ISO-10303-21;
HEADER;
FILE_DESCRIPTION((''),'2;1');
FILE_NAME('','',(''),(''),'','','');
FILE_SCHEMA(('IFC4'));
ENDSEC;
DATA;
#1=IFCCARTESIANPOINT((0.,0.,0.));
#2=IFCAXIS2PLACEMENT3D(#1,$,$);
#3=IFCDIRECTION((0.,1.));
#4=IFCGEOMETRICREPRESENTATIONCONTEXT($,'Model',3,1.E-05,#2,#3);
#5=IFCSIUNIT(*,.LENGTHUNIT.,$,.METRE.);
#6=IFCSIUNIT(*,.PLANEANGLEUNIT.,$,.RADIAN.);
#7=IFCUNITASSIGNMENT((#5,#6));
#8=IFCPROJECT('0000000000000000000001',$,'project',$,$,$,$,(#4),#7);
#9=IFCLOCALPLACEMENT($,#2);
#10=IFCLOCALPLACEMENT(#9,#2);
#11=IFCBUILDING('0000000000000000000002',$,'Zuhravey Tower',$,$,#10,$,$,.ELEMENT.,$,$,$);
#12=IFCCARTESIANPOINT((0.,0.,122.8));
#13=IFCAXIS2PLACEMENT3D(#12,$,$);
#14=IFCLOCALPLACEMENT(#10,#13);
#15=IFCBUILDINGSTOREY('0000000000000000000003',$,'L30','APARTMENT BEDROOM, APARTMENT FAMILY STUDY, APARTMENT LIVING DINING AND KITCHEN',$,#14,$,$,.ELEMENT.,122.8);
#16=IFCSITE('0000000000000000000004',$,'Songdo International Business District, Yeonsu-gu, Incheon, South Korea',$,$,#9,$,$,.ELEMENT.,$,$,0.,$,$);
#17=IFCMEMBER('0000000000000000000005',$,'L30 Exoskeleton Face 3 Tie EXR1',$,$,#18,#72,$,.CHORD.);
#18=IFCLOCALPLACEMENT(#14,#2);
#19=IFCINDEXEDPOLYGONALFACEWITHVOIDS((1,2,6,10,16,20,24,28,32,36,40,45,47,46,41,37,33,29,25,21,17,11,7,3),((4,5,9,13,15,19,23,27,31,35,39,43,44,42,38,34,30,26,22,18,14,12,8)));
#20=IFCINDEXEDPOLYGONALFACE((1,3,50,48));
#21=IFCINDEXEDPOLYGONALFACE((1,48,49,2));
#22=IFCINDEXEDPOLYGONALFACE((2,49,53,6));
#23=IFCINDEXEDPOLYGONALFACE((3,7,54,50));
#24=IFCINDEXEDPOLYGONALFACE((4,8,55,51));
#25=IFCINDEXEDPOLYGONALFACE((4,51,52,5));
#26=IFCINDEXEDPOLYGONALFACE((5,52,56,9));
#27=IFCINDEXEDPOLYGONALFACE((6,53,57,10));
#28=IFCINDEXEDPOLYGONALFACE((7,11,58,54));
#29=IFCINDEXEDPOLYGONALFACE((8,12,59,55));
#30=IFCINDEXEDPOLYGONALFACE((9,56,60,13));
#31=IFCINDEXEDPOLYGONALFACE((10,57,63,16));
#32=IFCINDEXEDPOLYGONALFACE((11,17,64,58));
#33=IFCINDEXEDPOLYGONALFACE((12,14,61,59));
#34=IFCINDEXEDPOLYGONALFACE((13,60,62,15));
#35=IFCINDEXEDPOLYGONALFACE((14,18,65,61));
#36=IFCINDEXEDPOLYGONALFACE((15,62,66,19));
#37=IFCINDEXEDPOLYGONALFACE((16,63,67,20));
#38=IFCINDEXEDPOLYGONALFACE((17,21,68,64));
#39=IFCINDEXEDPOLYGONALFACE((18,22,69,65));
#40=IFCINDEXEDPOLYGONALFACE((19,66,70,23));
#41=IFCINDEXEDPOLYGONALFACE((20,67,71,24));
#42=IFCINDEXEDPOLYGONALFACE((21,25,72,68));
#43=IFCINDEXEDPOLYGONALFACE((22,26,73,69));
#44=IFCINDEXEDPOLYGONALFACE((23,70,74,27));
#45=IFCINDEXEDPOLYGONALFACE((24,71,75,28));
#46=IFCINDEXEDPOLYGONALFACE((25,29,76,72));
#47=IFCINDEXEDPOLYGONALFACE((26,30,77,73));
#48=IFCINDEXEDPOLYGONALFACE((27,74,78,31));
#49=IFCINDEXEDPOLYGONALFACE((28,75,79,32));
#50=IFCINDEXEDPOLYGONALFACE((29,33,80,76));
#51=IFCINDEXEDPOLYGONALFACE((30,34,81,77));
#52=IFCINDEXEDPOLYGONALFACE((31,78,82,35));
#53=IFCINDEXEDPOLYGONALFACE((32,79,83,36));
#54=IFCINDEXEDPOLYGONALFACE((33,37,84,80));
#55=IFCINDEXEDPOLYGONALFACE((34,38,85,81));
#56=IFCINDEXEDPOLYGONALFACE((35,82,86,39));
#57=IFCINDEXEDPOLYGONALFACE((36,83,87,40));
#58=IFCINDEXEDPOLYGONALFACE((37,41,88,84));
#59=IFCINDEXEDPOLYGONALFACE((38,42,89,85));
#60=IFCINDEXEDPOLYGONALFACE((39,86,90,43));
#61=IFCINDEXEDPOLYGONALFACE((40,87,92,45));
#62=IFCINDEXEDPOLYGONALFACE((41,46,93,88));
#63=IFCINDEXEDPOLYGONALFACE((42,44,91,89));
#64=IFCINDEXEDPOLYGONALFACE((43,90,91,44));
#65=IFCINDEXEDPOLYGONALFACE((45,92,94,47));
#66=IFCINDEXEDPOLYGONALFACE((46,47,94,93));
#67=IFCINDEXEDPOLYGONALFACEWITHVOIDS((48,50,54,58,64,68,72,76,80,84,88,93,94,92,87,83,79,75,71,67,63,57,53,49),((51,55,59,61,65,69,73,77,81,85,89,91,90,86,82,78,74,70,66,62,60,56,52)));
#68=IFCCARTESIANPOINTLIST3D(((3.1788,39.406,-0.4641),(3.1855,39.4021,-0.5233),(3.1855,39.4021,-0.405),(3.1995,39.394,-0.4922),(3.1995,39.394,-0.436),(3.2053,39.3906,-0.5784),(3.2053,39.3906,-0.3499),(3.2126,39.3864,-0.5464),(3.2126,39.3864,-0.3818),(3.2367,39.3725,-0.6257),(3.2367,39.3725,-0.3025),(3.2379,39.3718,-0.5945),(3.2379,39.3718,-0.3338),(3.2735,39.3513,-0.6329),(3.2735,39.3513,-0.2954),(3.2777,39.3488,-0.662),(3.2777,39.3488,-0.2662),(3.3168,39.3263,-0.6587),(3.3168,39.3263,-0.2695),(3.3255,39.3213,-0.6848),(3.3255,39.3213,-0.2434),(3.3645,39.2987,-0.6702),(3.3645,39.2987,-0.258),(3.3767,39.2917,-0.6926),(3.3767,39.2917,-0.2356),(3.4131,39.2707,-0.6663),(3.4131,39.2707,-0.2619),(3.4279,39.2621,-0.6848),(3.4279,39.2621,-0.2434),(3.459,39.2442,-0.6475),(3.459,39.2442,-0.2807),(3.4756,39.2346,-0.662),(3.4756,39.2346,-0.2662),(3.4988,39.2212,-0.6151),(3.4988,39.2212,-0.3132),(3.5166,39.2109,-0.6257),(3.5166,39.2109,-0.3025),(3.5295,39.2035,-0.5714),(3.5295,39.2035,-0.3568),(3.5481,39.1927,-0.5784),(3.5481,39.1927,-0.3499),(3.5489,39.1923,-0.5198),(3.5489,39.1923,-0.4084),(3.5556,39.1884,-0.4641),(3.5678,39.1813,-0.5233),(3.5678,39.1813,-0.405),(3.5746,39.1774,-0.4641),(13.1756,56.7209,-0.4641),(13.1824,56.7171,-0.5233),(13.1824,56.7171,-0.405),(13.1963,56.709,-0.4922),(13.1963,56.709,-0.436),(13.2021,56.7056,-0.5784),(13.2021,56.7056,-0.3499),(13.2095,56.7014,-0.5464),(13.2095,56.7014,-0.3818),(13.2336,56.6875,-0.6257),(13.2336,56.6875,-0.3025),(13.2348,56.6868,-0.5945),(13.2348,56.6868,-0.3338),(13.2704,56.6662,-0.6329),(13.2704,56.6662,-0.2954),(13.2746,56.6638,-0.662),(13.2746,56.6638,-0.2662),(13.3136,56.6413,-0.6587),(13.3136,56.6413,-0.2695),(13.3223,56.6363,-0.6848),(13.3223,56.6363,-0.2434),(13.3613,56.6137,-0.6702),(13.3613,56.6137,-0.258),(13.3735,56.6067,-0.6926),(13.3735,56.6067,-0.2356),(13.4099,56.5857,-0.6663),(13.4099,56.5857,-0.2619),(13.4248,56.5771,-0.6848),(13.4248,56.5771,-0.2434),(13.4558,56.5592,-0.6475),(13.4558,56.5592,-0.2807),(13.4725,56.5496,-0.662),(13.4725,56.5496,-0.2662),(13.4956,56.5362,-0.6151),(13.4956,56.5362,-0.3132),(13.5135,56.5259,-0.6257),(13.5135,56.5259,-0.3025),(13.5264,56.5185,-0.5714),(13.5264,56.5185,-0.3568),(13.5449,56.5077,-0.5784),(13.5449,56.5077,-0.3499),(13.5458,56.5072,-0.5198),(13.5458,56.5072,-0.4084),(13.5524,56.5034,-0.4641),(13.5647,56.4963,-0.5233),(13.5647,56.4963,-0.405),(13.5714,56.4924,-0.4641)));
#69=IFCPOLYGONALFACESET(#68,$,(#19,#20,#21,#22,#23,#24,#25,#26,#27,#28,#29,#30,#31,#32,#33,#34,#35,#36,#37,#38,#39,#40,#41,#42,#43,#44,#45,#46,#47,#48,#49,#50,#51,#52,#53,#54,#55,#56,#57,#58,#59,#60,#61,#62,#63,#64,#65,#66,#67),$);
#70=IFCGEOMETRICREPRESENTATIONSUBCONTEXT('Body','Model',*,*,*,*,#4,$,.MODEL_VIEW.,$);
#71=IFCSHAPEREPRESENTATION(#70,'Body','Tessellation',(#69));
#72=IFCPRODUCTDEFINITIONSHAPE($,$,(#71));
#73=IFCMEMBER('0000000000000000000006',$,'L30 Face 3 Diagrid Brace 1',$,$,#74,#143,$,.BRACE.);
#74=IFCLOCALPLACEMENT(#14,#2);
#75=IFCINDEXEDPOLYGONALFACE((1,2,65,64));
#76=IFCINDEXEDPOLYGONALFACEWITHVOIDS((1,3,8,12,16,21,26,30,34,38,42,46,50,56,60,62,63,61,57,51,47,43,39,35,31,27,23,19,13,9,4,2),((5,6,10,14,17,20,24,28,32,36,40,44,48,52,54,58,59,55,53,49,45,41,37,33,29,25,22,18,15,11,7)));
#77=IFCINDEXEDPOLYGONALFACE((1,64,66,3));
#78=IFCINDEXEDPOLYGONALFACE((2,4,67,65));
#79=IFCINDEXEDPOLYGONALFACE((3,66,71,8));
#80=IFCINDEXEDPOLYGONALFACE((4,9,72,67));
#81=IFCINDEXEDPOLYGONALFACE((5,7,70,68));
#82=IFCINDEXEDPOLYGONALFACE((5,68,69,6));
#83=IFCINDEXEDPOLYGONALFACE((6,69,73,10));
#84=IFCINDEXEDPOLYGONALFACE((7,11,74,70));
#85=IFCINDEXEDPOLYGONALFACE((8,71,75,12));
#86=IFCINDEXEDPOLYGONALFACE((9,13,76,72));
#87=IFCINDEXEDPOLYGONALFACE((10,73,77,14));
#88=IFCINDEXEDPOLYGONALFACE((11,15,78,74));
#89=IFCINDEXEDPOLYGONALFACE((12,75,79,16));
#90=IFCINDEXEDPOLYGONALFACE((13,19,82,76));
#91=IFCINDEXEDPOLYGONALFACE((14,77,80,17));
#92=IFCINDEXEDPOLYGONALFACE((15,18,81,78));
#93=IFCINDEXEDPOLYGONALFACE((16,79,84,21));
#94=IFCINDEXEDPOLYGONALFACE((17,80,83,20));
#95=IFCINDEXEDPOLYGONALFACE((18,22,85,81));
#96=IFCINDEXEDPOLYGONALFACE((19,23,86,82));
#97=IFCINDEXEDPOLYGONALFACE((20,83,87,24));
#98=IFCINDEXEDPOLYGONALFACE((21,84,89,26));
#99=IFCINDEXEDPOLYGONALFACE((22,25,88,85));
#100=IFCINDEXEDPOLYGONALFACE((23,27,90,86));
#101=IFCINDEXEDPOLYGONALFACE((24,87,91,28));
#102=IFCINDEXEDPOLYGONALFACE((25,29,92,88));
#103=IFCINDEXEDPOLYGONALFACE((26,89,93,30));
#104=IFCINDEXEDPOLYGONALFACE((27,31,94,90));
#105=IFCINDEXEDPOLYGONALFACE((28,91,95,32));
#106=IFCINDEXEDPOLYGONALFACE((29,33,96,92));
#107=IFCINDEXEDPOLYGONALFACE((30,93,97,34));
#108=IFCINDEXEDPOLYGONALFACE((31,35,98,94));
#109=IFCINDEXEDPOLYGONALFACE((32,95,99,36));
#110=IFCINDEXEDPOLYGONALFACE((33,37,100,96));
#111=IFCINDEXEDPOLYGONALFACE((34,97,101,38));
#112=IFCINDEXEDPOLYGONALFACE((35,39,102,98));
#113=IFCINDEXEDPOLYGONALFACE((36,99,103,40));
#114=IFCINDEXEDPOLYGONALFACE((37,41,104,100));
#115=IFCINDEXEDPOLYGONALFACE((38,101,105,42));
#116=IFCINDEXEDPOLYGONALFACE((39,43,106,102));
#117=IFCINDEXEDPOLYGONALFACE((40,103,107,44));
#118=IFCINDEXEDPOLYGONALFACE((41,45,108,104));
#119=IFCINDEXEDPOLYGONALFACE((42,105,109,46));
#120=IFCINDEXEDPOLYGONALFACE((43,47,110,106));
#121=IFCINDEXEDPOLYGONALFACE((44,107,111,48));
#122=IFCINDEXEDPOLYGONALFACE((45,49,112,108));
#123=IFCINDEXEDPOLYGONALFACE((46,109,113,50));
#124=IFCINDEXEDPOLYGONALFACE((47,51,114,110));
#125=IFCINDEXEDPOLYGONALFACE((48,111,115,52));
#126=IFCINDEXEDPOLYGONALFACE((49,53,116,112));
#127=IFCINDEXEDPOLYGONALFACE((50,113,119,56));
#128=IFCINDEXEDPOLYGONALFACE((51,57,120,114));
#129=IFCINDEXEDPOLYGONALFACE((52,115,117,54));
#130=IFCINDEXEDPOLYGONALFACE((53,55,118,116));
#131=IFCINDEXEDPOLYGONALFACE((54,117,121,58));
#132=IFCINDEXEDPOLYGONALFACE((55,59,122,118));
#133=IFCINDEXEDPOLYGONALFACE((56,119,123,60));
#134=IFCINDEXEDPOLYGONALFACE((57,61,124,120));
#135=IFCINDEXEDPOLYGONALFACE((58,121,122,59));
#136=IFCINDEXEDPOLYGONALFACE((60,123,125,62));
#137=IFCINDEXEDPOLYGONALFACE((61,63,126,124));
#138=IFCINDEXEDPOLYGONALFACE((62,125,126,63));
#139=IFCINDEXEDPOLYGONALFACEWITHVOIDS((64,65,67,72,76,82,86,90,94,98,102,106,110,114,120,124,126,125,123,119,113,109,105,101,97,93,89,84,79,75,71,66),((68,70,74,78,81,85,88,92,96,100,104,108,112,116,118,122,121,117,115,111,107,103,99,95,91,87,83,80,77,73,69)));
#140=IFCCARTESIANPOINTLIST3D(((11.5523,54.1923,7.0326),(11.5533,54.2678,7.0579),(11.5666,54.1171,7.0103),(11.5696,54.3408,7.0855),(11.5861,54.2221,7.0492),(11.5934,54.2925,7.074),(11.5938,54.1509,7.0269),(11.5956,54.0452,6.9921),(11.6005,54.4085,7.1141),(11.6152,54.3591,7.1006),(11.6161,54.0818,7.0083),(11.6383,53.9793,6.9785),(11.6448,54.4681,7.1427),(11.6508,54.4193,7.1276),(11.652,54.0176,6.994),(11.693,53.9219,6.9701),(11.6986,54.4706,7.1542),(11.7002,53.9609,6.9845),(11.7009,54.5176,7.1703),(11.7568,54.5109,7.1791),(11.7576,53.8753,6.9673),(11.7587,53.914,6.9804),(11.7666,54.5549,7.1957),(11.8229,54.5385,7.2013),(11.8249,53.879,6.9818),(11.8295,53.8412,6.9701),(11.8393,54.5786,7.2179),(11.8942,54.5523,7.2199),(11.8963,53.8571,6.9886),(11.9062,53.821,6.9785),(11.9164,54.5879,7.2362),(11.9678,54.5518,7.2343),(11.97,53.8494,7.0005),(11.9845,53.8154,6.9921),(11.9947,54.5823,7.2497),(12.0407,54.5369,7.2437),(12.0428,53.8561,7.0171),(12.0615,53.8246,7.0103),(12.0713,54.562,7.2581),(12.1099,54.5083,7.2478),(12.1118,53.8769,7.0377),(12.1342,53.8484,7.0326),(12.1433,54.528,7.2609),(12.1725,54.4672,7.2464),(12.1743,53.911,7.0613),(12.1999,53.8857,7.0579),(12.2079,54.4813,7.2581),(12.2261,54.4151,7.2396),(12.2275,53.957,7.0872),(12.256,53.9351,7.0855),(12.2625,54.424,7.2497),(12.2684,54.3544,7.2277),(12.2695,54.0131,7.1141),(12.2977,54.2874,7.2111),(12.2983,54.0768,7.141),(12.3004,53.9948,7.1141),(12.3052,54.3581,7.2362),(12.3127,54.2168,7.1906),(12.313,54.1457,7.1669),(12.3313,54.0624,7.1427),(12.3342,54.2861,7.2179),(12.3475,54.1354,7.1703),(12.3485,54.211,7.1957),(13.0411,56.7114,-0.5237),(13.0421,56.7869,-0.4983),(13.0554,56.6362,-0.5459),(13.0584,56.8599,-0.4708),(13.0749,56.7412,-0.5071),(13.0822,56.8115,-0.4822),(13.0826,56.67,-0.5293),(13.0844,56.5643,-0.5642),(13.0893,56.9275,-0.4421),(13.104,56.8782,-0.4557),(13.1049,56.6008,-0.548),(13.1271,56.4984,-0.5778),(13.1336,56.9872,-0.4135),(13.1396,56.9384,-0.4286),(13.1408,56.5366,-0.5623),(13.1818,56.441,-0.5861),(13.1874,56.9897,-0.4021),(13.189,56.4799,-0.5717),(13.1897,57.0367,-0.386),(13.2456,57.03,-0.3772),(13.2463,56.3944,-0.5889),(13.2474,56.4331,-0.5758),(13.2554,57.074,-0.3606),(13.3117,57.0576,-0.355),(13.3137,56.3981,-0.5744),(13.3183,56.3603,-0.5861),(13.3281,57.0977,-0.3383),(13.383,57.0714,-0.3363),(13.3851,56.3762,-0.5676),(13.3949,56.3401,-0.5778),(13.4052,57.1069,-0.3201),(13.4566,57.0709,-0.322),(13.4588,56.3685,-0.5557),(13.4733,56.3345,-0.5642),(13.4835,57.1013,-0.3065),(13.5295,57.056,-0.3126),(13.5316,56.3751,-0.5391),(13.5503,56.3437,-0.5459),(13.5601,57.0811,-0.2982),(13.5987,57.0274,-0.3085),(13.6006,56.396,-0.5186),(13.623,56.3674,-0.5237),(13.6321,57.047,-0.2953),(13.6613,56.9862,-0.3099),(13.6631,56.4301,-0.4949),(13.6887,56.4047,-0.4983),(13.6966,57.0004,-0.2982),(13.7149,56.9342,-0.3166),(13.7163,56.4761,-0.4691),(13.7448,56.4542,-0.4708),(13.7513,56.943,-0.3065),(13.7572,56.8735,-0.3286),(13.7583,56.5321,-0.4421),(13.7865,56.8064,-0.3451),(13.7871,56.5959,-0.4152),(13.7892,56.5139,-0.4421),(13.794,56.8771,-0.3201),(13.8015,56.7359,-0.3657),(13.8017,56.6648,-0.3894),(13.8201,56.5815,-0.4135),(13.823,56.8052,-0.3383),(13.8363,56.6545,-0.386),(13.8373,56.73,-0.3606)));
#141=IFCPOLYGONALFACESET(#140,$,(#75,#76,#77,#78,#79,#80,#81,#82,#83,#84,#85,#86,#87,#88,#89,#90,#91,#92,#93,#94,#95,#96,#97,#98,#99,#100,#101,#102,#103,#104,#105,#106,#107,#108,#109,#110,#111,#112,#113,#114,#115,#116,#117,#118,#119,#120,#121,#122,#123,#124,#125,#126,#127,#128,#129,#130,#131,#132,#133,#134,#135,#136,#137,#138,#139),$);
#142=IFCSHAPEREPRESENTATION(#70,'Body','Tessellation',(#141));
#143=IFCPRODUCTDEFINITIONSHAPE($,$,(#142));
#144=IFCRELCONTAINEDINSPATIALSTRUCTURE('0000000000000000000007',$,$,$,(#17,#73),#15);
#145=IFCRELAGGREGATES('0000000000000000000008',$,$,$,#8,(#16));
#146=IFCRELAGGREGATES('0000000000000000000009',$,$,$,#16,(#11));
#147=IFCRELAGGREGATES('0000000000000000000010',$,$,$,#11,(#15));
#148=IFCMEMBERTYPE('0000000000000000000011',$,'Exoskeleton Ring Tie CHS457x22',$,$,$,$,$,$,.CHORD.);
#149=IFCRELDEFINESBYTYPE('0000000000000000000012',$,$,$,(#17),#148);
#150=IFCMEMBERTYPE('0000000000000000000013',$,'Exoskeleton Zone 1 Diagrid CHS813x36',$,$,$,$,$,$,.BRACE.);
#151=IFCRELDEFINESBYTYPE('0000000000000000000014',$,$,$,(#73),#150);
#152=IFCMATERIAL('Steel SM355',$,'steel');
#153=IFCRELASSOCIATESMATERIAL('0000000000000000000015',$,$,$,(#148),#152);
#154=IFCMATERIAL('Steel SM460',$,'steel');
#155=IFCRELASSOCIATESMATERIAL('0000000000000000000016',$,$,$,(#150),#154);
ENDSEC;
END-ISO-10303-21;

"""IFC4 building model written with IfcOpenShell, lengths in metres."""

from ifc_helpers import new_model, si_unit, direction, frame, origin, origin_2d, place, context, subcontext, project, spatial, hollow_circle, extrude, material, material_profile, profile_set, type_object, element, save


model = new_model("IFC4")

# Units and contexts
model_context = context("Model", 3, precision=1e-05, world=origin(), true_north=direction((0.0, 1.0)))
body_context = subcontext(model_context, "Body", "Model", "MODEL_VIEW")
ifc_project = project(units=[si_unit("LENGTHUNIT", "METRE"), si_unit("PLANEANGLEUNIT", "RADIAN")], contexts=[model_context])

# Site, building, storey
site_placement = place(None, origin())
site = spatial("IfcSite", under=ifc_project, at=site_placement, Name="Songdo International Business District, Yeonsu-gu, Incheon, South Korea", CompositionType="ELEMENT", RefElevation=0.0)
building_placement = place(site_placement, origin())
building = spatial("IfcBuilding", under=site, at=building_placement, Name="Zuhravey Tower", CompositionType="ELEMENT")
storey_placement = place(building_placement, frame((0.0, 0.0, 122.8)))
storey = spatial("IfcBuildingStorey", under=building, at=storey_placement, Name="L30", Description="APARTMENT BEDROOM, APARTMENT FAMILY STUDY, APARTMENT LIVING DINING AND KITCHEN", CompositionType="ELEMENT", Elevation=122.8)

# Members
ifc_material_1 = material(Name="Steel SM355", Category="steel")
ifc_material_profile_1 = material_profile(ifc_material_1, hollow_circle(Radius=0.2285, WallThickness=0.022, at=origin_2d()), Name="CHS-457.2x22")
ifc_profile_set_1 = profile_set([ifc_material_profile_1], Name="Steel SM355")
member_type_1 = type_object("IfcMemberType", Name="Exoskeleton Ring Tie CHS457x22", PredefinedType="CHORD", material=ifc_profile_set_1)
member_1_placement = place(storey_placement, frame((13.3735, 56.6067, -0.4641), z_axis=(-0.500002, -0.866025, 0.0), x_axis=(0.866025, -0.500002, 0.0)))
element("IfcMember", 1, at=member_1_placement, inside=storey, type_object=member_type_1, Name="L30 Exoskeleton Face 3 Tie EXR1", PredefinedType="CHORD", context=body_context, shape_type="SweptSolid", body=[
    extrude(hollow_circle(Radius=0.2285, WallThickness=0.022, at=origin_2d()), origin(), (0.0, 0.0, 1.0), 19.9937),
])
ifc_material_2 = material(Name="Steel SM460", Category="steel")
ifc_material_profile_2 = material_profile(ifc_material_2, hollow_circle(Radius=0.4065, WallThickness=0.0359, at=origin_2d()), Name="CHS-812.8x36")
ifc_profile_set_2 = profile_set([ifc_material_profile_2], Name="Steel SM460")
member_type_2 = type_object("IfcMemberType", Name="Exoskeleton Zone 1 Diagrid CHS813x36", PredefinedType="BRACE", material=ifc_profile_set_2)
member_2_placement = place(storey_placement, frame((13.4392, 56.7207, -0.4421), z_axis=(-0.183732, -0.310881, 0.932521), x_axis=(0.86089, -0.508791, 0.0)))
element("IfcMember", 2, at=member_2_placement, inside=storey, type_object=member_type_2, Name="L30 Face 3 Diagrid Brace 1", PredefinedType="BRACE", context=body_context, shape_type="SweptSolid", body=[
    extrude(hollow_circle(Radius=0.4065, WallThickness=0.0359, at=origin_2d()), origin(), (0.0, 0.0, 1.0), 8.103),
])

save(model, "model.ifc")
